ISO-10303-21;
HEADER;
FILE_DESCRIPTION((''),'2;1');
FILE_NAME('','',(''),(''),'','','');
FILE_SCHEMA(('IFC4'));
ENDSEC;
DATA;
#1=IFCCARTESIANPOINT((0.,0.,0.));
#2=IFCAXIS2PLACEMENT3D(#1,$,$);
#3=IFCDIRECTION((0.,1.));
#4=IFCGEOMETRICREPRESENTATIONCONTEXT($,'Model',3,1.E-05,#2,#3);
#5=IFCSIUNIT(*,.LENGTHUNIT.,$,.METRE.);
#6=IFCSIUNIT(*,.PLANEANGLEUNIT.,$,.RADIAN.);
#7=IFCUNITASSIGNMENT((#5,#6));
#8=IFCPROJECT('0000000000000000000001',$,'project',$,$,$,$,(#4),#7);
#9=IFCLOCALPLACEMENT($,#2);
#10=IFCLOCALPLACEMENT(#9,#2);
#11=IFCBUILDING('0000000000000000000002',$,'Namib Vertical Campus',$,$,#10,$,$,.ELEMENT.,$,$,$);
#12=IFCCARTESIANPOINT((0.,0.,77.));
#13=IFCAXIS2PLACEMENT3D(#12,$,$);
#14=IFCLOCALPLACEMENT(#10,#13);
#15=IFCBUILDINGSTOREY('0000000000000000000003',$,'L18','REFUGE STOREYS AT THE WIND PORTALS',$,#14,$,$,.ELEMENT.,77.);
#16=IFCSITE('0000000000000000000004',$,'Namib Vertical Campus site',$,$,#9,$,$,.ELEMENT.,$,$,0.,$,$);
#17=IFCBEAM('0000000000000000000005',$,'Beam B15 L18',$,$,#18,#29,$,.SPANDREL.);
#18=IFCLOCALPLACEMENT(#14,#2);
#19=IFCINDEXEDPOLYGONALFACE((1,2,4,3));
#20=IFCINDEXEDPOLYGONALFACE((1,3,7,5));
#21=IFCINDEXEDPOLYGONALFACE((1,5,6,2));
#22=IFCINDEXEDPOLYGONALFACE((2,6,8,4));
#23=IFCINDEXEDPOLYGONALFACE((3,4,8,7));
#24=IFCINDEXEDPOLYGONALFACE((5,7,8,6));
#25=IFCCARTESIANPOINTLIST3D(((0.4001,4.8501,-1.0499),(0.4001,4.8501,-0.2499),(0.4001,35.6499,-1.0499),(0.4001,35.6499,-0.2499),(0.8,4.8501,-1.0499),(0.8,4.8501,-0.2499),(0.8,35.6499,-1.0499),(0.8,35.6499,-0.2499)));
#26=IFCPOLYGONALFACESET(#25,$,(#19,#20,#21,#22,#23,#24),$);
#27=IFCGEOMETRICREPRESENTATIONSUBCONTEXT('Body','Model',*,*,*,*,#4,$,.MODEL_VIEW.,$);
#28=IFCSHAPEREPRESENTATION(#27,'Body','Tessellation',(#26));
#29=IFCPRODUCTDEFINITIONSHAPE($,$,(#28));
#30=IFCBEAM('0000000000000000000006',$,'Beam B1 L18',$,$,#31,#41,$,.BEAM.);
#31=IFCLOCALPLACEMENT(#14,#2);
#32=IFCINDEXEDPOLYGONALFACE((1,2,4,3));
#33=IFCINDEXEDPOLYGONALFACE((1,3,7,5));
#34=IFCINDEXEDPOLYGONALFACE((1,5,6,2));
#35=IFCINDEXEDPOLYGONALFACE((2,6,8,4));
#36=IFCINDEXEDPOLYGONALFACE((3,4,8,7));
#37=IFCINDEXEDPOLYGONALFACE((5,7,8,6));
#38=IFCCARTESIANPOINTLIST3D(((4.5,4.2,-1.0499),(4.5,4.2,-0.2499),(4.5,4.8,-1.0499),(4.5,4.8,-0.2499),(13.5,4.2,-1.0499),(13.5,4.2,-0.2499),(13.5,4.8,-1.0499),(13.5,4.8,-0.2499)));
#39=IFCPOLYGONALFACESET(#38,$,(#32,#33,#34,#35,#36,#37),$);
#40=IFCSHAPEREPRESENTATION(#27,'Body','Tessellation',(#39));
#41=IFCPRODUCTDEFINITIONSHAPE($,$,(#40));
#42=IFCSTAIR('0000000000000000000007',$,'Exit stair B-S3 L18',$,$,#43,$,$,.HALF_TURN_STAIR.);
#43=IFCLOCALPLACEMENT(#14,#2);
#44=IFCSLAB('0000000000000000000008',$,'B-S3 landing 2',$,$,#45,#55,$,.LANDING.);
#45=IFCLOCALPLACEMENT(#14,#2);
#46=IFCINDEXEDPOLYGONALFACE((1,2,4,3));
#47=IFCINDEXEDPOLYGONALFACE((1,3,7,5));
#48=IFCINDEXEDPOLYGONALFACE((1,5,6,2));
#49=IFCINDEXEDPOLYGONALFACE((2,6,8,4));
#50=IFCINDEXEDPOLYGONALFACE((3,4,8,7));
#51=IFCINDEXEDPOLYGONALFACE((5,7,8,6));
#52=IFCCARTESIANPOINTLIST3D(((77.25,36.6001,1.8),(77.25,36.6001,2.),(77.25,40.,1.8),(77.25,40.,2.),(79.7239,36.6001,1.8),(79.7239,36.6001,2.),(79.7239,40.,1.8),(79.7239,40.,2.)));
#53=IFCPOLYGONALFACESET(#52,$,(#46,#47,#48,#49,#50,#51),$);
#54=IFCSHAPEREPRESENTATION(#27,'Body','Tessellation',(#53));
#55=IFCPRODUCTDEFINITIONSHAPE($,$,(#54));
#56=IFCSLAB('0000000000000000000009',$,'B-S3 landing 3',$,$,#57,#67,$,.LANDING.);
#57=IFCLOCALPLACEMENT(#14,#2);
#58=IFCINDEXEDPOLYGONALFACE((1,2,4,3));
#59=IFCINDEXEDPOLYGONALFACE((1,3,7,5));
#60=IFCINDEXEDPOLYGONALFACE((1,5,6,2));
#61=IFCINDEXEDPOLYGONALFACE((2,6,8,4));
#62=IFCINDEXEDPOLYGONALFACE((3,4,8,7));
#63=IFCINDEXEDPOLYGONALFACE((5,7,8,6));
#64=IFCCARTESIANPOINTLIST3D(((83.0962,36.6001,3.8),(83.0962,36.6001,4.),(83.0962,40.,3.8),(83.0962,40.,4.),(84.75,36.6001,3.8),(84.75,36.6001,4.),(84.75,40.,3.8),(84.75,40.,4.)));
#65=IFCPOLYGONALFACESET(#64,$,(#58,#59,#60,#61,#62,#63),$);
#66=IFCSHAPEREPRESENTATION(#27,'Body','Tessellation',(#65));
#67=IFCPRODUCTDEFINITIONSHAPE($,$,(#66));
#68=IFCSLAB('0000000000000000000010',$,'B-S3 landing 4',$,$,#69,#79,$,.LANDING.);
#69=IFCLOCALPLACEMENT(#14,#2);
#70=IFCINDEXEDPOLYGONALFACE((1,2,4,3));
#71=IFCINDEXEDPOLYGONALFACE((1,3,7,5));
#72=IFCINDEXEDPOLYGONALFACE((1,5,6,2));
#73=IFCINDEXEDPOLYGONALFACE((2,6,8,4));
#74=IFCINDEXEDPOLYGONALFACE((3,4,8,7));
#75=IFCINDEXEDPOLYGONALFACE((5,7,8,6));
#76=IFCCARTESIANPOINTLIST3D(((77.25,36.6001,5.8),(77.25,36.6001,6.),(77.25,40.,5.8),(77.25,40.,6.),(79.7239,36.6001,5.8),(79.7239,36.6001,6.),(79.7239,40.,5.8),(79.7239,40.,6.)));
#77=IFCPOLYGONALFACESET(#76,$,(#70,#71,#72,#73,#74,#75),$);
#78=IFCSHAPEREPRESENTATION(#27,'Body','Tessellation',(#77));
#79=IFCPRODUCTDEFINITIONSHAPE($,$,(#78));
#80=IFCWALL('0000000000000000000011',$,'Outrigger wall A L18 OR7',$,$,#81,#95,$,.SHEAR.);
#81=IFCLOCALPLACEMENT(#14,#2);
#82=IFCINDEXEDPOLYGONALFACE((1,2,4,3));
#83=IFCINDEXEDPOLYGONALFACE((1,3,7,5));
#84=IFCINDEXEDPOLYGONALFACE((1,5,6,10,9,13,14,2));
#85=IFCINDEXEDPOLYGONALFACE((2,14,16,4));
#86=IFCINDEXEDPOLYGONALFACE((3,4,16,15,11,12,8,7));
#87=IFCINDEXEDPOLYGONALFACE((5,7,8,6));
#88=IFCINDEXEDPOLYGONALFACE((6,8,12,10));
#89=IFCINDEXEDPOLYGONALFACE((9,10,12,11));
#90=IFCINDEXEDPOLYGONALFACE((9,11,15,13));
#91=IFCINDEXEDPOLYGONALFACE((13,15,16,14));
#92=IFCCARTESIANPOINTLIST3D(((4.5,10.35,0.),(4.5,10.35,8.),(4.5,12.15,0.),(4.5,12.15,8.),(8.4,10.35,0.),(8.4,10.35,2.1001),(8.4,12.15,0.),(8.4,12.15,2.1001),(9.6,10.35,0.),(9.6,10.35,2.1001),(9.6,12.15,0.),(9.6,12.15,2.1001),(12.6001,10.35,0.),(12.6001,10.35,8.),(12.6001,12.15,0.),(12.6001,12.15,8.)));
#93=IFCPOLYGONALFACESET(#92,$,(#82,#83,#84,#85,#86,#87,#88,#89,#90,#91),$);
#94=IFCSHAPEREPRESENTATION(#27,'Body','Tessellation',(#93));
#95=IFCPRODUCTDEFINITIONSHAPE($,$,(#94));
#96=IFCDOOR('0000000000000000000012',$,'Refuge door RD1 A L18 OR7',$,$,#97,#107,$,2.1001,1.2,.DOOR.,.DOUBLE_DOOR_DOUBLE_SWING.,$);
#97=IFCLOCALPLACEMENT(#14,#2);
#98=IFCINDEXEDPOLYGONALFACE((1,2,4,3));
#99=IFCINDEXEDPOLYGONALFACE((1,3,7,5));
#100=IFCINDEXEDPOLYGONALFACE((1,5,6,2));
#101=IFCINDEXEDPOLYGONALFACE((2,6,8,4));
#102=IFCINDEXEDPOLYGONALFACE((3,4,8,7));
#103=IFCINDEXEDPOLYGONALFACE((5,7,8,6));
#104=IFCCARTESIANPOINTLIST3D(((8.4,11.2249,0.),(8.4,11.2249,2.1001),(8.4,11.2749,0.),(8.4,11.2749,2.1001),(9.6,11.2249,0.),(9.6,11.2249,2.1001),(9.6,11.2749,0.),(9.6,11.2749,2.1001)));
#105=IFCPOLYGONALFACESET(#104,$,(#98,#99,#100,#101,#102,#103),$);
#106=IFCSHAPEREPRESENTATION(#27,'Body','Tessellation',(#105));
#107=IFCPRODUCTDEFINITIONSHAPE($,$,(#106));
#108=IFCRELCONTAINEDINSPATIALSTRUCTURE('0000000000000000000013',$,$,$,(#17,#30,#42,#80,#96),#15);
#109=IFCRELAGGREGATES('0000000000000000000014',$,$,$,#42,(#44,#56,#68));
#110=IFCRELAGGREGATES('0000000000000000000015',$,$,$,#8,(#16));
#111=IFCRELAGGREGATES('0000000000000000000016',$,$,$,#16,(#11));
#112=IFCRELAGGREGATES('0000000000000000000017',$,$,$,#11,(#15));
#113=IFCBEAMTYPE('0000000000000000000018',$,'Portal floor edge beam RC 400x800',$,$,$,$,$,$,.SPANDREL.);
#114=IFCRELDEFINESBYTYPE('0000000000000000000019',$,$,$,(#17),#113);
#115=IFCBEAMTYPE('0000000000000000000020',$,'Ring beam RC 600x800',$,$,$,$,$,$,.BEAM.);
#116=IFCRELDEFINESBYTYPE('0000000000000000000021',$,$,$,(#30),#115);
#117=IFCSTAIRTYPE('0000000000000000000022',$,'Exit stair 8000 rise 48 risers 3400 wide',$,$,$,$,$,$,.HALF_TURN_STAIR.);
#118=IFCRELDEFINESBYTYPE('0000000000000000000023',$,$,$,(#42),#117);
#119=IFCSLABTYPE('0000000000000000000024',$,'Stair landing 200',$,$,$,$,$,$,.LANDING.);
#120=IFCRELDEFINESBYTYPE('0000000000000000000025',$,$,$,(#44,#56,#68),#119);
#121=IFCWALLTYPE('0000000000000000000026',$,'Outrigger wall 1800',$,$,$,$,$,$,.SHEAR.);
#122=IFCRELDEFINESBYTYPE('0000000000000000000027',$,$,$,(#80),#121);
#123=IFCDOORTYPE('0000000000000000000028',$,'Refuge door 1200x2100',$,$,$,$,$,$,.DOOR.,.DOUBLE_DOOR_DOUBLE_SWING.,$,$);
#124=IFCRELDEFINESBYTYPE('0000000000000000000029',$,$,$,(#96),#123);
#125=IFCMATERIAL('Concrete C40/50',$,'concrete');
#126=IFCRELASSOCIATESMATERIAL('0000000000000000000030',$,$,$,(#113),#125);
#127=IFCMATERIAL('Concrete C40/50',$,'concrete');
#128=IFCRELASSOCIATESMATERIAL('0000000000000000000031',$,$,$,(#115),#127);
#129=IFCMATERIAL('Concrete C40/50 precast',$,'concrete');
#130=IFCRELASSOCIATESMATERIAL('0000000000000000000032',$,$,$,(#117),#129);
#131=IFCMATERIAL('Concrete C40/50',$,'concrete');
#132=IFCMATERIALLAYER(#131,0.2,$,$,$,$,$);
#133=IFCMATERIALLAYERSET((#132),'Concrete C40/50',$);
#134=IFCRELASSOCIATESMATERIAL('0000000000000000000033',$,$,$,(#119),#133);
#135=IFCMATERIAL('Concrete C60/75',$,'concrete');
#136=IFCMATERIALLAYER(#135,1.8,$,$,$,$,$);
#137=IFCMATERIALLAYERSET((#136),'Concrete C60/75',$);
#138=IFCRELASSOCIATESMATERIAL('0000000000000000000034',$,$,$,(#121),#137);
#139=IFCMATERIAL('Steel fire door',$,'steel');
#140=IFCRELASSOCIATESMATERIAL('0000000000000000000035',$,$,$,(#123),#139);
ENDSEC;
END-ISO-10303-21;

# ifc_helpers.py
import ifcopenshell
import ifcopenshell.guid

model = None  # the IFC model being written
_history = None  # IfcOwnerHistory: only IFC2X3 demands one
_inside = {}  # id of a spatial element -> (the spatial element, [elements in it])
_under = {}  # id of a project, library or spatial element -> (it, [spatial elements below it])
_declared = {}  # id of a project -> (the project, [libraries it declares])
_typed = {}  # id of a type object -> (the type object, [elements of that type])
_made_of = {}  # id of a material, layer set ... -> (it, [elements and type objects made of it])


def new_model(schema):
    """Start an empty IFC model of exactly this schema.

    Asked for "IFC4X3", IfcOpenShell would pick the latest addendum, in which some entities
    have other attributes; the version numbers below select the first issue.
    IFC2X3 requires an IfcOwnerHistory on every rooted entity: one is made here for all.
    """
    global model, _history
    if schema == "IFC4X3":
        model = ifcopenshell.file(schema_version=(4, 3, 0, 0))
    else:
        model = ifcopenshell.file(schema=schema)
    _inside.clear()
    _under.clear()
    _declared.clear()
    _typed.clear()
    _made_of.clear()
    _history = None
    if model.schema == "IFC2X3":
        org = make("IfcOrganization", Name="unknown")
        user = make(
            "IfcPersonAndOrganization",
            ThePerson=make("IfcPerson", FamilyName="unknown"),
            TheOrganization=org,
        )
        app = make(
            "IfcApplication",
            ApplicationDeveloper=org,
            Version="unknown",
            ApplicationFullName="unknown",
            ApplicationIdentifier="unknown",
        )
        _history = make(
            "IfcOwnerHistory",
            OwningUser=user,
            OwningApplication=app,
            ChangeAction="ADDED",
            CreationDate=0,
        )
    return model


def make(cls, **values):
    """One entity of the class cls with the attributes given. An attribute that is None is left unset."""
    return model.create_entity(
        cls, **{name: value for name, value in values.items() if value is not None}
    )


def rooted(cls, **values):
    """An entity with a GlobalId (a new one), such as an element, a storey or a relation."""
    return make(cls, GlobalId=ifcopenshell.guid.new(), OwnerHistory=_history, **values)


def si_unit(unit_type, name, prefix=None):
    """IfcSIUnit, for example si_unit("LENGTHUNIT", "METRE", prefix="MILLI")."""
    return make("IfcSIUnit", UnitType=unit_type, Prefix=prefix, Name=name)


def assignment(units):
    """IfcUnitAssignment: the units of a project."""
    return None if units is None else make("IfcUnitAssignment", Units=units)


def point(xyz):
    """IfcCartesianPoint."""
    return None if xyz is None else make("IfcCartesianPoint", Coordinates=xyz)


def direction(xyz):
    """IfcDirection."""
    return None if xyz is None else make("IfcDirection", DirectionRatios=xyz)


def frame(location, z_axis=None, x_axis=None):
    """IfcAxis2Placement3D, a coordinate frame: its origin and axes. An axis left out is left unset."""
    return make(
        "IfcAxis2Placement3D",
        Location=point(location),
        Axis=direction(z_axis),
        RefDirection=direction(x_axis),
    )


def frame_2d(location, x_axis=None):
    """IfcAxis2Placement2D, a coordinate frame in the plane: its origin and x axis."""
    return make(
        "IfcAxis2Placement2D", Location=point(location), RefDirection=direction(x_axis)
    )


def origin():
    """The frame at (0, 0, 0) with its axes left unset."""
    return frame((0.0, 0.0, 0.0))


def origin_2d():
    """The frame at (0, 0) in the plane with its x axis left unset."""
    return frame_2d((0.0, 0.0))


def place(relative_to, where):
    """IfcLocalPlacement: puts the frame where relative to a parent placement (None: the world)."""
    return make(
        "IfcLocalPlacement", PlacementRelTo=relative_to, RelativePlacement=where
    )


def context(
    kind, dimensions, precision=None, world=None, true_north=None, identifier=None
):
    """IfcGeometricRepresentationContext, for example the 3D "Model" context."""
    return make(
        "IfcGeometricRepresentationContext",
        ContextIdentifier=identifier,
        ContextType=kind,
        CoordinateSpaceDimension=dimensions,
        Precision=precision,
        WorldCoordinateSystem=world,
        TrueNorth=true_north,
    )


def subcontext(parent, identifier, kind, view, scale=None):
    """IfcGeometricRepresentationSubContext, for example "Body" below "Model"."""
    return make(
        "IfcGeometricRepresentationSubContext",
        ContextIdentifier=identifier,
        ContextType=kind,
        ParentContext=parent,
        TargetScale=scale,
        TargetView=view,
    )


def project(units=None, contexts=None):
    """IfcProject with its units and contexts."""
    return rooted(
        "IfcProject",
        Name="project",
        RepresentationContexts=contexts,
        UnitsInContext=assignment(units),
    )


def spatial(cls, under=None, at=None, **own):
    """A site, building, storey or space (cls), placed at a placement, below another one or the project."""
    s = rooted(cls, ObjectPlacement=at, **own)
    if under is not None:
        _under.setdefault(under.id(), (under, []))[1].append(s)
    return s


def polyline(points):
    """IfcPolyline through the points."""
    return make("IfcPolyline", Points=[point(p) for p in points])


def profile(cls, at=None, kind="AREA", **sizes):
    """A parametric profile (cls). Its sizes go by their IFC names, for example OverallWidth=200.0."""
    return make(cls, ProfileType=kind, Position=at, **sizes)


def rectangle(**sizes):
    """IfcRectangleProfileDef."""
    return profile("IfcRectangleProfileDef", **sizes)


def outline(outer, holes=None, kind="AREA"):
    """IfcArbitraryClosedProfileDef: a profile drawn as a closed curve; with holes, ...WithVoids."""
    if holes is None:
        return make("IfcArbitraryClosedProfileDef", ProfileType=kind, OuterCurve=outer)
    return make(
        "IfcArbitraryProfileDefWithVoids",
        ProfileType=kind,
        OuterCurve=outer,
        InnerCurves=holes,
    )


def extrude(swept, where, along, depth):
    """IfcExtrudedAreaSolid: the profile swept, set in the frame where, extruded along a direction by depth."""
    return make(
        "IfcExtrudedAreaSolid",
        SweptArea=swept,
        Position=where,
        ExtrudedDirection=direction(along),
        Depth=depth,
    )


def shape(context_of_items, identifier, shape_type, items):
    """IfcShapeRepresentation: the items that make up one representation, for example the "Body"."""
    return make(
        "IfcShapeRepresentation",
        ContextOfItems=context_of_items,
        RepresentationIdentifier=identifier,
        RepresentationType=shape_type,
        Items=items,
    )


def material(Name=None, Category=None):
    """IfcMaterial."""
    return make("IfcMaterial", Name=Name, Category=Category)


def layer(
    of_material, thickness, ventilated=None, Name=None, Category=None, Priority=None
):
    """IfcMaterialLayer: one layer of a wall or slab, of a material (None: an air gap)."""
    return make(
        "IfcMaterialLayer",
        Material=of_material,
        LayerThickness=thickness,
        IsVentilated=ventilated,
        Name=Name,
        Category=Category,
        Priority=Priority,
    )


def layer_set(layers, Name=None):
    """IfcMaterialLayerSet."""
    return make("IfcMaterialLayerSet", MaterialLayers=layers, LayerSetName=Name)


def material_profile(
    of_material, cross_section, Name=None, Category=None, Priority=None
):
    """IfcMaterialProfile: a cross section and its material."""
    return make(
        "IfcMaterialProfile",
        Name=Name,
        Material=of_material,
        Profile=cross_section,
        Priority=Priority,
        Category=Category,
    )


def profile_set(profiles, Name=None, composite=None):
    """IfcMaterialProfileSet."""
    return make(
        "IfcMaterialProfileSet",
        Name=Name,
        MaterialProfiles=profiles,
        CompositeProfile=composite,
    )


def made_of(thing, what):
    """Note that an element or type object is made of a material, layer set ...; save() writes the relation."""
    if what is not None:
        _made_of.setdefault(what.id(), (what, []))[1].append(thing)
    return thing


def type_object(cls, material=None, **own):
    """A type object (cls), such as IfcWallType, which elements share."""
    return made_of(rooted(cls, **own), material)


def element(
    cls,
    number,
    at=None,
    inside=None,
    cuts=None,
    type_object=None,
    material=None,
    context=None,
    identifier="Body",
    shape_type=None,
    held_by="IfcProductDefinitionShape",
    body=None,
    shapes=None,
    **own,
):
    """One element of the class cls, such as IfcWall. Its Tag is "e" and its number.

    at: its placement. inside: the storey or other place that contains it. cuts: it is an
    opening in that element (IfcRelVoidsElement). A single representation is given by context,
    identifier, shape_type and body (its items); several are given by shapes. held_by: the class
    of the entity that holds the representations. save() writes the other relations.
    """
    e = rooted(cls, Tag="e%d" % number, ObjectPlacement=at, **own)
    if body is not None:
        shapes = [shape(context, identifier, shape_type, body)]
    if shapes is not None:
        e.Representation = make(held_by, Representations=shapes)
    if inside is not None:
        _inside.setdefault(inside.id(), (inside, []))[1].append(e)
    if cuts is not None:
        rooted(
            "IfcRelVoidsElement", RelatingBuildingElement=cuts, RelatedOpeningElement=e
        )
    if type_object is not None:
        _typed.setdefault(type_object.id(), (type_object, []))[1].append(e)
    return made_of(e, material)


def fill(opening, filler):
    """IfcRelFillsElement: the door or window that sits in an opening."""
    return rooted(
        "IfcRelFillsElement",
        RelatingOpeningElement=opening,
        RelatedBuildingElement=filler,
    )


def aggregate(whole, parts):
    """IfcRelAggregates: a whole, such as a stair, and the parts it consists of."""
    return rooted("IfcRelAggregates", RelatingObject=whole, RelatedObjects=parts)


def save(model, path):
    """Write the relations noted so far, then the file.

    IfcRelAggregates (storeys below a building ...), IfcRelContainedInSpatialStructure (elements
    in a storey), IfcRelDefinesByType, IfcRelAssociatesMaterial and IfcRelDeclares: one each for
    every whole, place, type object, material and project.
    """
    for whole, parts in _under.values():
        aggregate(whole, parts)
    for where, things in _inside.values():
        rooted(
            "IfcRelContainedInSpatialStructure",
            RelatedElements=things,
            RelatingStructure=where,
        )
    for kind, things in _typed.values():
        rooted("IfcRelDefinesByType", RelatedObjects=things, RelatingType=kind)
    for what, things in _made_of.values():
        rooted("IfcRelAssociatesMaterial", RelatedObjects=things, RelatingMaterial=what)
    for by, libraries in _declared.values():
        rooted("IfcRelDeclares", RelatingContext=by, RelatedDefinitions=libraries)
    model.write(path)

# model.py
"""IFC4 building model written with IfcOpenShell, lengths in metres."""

from ifc_helpers import new_model, si_unit, direction, frame, frame_2d, origin, origin_2d, place, context, subcontext, project, spatial, polyline, rectangle, outline, extrude, material, layer, layer_set, material_profile, profile_set, type_object, element, fill, aggregate, save


model = new_model("IFC4")

# Units and contexts
model_context = context("Model", 3, precision=1e-05, world=origin(), true_north=direction((0.0, 1.0)))
body_context = subcontext(model_context, "Body", "Model", "MODEL_VIEW")
ifc_project = project(units=[si_unit("LENGTHUNIT", "METRE"), si_unit("PLANEANGLEUNIT", "RADIAN")], contexts=[model_context])

# Site, building, storey
site_placement = place(None, origin())
site = spatial("IfcSite", under=ifc_project, at=site_placement, Name="Namib Vertical Campus site", CompositionType="ELEMENT", RefElevation=0.0)
building_placement = place(site_placement, origin())
building = spatial("IfcBuilding", under=site, at=building_placement, Name="Namib Vertical Campus", CompositionType="ELEMENT")
storey_placement = place(building_placement, frame((0.0, 0.0, 77.0)))
storey = spatial("IfcBuildingStorey", under=building, at=storey_placement, Name="L18", Description="REFUGE STOREYS AT THE WIND PORTALS", CompositionType="ELEMENT", Elevation=77.0)

# Beams
ifc_material_1 = material(Name="Concrete C40/50", Category="concrete")
ifc_material_profile_1 = material_profile(ifc_material_1, rectangle(XDim=0.3999, YDim=0.8, at=origin_2d()))
ifc_profile_set_1 = profile_set([ifc_material_profile_1], Name="Concrete C40/50")
beam_type_1 = type_object("IfcBeamType", Name="Portal floor edge beam RC 400x800", PredefinedType="SPANDREL", material=ifc_profile_set_1)
for number, where, z_axis, x_axis, name in (
    (1, (0.6001, 4.8501, -0.6499), (0.0, 1.0, 0.0), (-1.0, 0.0, 0.0), "Beam B15 L18"),
):
    element("IfcBeam", number, at=place(storey_placement, frame(where, z_axis=z_axis, x_axis=x_axis)), inside=storey, type_object=beam_type_1, Name=name, PredefinedType="SPANDREL", context=body_context, shape_type="SweptSolid", body=[
        extrude(rectangle(XDim=0.3999, YDim=0.8, at=origin_2d()), origin(), (0.0, 0.0, 1.0), 30.7998),
    ])
ifc_material_2 = material(Name="Concrete C40/50", Category="concrete")
ifc_material_profile_2 = material_profile(ifc_material_2, rectangle(XDim=0.6001, YDim=0.8, at=origin_2d()))
ifc_profile_set_2 = profile_set([ifc_material_profile_2], Name="Concrete C40/50")
beam_type_2 = type_object("IfcBeamType", Name="Ring beam RC 600x800", PredefinedType="BEAM", material=ifc_profile_set_2)
beam_1_placement = place(storey_placement, frame((4.5, 4.5, -0.6499), z_axis=(1.0, 0.0, 0.0), x_axis=(0.0, 1.0, 0.0)))
element("IfcBeam", 2, at=beam_1_placement, inside=storey, type_object=beam_type_2, Name="Beam B1 L18", PredefinedType="BEAM", context=body_context, shape_type="SweptSolid", body=[
    extrude(rectangle(XDim=0.6001, YDim=0.8, at=origin_2d()), origin(), (0.0, 0.0, 1.0), 9.0),
])

# Stair, slabs
ifc_material_3 = material(Name="Concrete C40/50 precast", Category="concrete")
stair_type = type_object("IfcStairType", Name="Exit stair 8000 rise 48 risers 3400 wide", PredefinedType="HALF_TURN_STAIR", material=ifc_material_3)
stair_placement = place(storey_placement, origin())
stair = element("IfcStair", 3, at=stair_placement, inside=storey, type_object=stair_type, Name="Exit stair B-S3 L18", PredefinedType="HALF_TURN_STAIR")
ifc_material_4 = material(Name="Concrete C40/50", Category="concrete")
ifc_layer_1 = layer(ifc_material_4, 0.2)
ifc_layer_set_1 = layer_set([ifc_layer_1], Name="Concrete C40/50")
slab_type = type_object("IfcSlabType", Name="Stair landing 200", PredefinedType="LANDING", material=ifc_layer_set_1)
slab_1_placement = place(storey_placement, frame((0.0, 0.0, 1.8)))
slab_1 = element("IfcSlab", 4, at=slab_1_placement, type_object=slab_type, Name="B-S3 landing 2", PredefinedType="LANDING", context=body_context, shape_type="SweptSolid", body=[
    extrude(outline(polyline([(77.25, 36.6001), (77.25, 40.0), (79.7239, 40.0), (79.7239, 36.6001), (77.25, 36.6001)])), origin(), (0.0, 0.0, 1.0), 0.2),
])
slab_2_placement = place(storey_placement, frame((0.0, 0.0, 3.8)))
slab_2 = element("IfcSlab", 5, at=slab_2_placement, type_object=slab_type, Name="B-S3 landing 3", PredefinedType="LANDING", context=body_context, shape_type="SweptSolid", body=[
    extrude(outline(polyline([(83.0962, 36.6001), (83.0962, 40.0), (84.75, 40.0), (84.75, 36.6001), (83.0962, 36.6001)])), origin(), (0.0, 0.0, 1.0), 0.2),
])
slab_3_placement = place(storey_placement, frame((0.0, 0.0, 5.8)))
slab_3 = element("IfcSlab", 6, at=slab_3_placement, type_object=slab_type, Name="B-S3 landing 4", PredefinedType="LANDING", context=body_context, shape_type="SweptSolid", body=[
    extrude(outline(polyline([(77.25, 36.6001), (77.25, 40.0), (79.7239, 40.0), (79.7239, 36.6001), (77.25, 36.6001)])), origin(), (0.0, 0.0, 1.0), 0.2),
])
aggregate(stair, [slab_1, slab_2, slab_3])

# Wall, opening, door
ifc_material_5 = material(Name="Concrete C60/75", Category="concrete")
ifc_layer_2 = layer(ifc_material_5, 1.8)
ifc_layer_set_2 = layer_set([ifc_layer_2], Name="Concrete C60/75")
wall_type = type_object("IfcWallType", Name="Outrigger wall 1800", PredefinedType="SHEAR", material=ifc_layer_set_2)
wall_placement = place(storey_placement, frame((4.5, 11.25, 0.0), z_axis=(0.0, 0.0, 1.0), x_axis=(1.0, 0.0, 0.0)))
wall = element("IfcWall", 7, at=wall_placement, inside=storey, type_object=wall_type, Name="Outrigger wall A L18 OR7", PredefinedType="SHEAR", context=body_context, shape_type="SweptSolid", body=[
    extrude(rectangle(XDim=8.1001, YDim=1.8, at=frame_2d((4.05, 0.0))), origin(), (0.0, 0.0, 1.0), 8.0),
])
opening_placement = place(wall_placement, frame((3.8999, 0.0, 0.0)))
opening = element("IfcOpeningElement", 8, at=opening_placement, cuts=wall, PredefinedType="OPENING", context=body_context, shape_type="SweptSolid", body=[
    extrude(rectangle(XDim=1.2, YDim=2.1001, at=frame_2d((0.6001, 1.05))), frame((0.0, 0.9099, 0.0), z_axis=(0.0, -1.0, 0.0), x_axis=(1.0, 0.0, 0.0)), (0.0, 0.0, 1.0), 1.8201),
])
ifc_material_6 = material(Name="Steel fire door", Category="steel")
door_type = type_object("IfcDoorType", Name="Refuge door 1200x2100", OperationType="DOUBLE_DOOR_DOUBLE_SWING", PredefinedType="DOOR", material=ifc_material_6)
door_placement = place(opening_placement, origin())
door = element("IfcDoor", 9, at=door_placement, inside=storey, type_object=door_type, Name="Refuge door RD1 A L18 OR7", OperationType="DOUBLE_DOOR_DOUBLE_SWING", OverallHeight=2.1001, OverallWidth=1.2, PredefinedType="DOOR", context=body_context, shape_type="SweptSolid", body=[
    extrude(rectangle(XDim=1.2, YDim=2.1001, at=frame_2d((0.6001, 1.05))), frame((0.0, 0.0249, 0.0), z_axis=(0.0, -1.0, 0.0), x_axis=(1.0, 0.0, 0.0)), (0.0, 0.0, 1.0), 0.05),
])
fill(opening, door)

save(model, "model.ifc")
